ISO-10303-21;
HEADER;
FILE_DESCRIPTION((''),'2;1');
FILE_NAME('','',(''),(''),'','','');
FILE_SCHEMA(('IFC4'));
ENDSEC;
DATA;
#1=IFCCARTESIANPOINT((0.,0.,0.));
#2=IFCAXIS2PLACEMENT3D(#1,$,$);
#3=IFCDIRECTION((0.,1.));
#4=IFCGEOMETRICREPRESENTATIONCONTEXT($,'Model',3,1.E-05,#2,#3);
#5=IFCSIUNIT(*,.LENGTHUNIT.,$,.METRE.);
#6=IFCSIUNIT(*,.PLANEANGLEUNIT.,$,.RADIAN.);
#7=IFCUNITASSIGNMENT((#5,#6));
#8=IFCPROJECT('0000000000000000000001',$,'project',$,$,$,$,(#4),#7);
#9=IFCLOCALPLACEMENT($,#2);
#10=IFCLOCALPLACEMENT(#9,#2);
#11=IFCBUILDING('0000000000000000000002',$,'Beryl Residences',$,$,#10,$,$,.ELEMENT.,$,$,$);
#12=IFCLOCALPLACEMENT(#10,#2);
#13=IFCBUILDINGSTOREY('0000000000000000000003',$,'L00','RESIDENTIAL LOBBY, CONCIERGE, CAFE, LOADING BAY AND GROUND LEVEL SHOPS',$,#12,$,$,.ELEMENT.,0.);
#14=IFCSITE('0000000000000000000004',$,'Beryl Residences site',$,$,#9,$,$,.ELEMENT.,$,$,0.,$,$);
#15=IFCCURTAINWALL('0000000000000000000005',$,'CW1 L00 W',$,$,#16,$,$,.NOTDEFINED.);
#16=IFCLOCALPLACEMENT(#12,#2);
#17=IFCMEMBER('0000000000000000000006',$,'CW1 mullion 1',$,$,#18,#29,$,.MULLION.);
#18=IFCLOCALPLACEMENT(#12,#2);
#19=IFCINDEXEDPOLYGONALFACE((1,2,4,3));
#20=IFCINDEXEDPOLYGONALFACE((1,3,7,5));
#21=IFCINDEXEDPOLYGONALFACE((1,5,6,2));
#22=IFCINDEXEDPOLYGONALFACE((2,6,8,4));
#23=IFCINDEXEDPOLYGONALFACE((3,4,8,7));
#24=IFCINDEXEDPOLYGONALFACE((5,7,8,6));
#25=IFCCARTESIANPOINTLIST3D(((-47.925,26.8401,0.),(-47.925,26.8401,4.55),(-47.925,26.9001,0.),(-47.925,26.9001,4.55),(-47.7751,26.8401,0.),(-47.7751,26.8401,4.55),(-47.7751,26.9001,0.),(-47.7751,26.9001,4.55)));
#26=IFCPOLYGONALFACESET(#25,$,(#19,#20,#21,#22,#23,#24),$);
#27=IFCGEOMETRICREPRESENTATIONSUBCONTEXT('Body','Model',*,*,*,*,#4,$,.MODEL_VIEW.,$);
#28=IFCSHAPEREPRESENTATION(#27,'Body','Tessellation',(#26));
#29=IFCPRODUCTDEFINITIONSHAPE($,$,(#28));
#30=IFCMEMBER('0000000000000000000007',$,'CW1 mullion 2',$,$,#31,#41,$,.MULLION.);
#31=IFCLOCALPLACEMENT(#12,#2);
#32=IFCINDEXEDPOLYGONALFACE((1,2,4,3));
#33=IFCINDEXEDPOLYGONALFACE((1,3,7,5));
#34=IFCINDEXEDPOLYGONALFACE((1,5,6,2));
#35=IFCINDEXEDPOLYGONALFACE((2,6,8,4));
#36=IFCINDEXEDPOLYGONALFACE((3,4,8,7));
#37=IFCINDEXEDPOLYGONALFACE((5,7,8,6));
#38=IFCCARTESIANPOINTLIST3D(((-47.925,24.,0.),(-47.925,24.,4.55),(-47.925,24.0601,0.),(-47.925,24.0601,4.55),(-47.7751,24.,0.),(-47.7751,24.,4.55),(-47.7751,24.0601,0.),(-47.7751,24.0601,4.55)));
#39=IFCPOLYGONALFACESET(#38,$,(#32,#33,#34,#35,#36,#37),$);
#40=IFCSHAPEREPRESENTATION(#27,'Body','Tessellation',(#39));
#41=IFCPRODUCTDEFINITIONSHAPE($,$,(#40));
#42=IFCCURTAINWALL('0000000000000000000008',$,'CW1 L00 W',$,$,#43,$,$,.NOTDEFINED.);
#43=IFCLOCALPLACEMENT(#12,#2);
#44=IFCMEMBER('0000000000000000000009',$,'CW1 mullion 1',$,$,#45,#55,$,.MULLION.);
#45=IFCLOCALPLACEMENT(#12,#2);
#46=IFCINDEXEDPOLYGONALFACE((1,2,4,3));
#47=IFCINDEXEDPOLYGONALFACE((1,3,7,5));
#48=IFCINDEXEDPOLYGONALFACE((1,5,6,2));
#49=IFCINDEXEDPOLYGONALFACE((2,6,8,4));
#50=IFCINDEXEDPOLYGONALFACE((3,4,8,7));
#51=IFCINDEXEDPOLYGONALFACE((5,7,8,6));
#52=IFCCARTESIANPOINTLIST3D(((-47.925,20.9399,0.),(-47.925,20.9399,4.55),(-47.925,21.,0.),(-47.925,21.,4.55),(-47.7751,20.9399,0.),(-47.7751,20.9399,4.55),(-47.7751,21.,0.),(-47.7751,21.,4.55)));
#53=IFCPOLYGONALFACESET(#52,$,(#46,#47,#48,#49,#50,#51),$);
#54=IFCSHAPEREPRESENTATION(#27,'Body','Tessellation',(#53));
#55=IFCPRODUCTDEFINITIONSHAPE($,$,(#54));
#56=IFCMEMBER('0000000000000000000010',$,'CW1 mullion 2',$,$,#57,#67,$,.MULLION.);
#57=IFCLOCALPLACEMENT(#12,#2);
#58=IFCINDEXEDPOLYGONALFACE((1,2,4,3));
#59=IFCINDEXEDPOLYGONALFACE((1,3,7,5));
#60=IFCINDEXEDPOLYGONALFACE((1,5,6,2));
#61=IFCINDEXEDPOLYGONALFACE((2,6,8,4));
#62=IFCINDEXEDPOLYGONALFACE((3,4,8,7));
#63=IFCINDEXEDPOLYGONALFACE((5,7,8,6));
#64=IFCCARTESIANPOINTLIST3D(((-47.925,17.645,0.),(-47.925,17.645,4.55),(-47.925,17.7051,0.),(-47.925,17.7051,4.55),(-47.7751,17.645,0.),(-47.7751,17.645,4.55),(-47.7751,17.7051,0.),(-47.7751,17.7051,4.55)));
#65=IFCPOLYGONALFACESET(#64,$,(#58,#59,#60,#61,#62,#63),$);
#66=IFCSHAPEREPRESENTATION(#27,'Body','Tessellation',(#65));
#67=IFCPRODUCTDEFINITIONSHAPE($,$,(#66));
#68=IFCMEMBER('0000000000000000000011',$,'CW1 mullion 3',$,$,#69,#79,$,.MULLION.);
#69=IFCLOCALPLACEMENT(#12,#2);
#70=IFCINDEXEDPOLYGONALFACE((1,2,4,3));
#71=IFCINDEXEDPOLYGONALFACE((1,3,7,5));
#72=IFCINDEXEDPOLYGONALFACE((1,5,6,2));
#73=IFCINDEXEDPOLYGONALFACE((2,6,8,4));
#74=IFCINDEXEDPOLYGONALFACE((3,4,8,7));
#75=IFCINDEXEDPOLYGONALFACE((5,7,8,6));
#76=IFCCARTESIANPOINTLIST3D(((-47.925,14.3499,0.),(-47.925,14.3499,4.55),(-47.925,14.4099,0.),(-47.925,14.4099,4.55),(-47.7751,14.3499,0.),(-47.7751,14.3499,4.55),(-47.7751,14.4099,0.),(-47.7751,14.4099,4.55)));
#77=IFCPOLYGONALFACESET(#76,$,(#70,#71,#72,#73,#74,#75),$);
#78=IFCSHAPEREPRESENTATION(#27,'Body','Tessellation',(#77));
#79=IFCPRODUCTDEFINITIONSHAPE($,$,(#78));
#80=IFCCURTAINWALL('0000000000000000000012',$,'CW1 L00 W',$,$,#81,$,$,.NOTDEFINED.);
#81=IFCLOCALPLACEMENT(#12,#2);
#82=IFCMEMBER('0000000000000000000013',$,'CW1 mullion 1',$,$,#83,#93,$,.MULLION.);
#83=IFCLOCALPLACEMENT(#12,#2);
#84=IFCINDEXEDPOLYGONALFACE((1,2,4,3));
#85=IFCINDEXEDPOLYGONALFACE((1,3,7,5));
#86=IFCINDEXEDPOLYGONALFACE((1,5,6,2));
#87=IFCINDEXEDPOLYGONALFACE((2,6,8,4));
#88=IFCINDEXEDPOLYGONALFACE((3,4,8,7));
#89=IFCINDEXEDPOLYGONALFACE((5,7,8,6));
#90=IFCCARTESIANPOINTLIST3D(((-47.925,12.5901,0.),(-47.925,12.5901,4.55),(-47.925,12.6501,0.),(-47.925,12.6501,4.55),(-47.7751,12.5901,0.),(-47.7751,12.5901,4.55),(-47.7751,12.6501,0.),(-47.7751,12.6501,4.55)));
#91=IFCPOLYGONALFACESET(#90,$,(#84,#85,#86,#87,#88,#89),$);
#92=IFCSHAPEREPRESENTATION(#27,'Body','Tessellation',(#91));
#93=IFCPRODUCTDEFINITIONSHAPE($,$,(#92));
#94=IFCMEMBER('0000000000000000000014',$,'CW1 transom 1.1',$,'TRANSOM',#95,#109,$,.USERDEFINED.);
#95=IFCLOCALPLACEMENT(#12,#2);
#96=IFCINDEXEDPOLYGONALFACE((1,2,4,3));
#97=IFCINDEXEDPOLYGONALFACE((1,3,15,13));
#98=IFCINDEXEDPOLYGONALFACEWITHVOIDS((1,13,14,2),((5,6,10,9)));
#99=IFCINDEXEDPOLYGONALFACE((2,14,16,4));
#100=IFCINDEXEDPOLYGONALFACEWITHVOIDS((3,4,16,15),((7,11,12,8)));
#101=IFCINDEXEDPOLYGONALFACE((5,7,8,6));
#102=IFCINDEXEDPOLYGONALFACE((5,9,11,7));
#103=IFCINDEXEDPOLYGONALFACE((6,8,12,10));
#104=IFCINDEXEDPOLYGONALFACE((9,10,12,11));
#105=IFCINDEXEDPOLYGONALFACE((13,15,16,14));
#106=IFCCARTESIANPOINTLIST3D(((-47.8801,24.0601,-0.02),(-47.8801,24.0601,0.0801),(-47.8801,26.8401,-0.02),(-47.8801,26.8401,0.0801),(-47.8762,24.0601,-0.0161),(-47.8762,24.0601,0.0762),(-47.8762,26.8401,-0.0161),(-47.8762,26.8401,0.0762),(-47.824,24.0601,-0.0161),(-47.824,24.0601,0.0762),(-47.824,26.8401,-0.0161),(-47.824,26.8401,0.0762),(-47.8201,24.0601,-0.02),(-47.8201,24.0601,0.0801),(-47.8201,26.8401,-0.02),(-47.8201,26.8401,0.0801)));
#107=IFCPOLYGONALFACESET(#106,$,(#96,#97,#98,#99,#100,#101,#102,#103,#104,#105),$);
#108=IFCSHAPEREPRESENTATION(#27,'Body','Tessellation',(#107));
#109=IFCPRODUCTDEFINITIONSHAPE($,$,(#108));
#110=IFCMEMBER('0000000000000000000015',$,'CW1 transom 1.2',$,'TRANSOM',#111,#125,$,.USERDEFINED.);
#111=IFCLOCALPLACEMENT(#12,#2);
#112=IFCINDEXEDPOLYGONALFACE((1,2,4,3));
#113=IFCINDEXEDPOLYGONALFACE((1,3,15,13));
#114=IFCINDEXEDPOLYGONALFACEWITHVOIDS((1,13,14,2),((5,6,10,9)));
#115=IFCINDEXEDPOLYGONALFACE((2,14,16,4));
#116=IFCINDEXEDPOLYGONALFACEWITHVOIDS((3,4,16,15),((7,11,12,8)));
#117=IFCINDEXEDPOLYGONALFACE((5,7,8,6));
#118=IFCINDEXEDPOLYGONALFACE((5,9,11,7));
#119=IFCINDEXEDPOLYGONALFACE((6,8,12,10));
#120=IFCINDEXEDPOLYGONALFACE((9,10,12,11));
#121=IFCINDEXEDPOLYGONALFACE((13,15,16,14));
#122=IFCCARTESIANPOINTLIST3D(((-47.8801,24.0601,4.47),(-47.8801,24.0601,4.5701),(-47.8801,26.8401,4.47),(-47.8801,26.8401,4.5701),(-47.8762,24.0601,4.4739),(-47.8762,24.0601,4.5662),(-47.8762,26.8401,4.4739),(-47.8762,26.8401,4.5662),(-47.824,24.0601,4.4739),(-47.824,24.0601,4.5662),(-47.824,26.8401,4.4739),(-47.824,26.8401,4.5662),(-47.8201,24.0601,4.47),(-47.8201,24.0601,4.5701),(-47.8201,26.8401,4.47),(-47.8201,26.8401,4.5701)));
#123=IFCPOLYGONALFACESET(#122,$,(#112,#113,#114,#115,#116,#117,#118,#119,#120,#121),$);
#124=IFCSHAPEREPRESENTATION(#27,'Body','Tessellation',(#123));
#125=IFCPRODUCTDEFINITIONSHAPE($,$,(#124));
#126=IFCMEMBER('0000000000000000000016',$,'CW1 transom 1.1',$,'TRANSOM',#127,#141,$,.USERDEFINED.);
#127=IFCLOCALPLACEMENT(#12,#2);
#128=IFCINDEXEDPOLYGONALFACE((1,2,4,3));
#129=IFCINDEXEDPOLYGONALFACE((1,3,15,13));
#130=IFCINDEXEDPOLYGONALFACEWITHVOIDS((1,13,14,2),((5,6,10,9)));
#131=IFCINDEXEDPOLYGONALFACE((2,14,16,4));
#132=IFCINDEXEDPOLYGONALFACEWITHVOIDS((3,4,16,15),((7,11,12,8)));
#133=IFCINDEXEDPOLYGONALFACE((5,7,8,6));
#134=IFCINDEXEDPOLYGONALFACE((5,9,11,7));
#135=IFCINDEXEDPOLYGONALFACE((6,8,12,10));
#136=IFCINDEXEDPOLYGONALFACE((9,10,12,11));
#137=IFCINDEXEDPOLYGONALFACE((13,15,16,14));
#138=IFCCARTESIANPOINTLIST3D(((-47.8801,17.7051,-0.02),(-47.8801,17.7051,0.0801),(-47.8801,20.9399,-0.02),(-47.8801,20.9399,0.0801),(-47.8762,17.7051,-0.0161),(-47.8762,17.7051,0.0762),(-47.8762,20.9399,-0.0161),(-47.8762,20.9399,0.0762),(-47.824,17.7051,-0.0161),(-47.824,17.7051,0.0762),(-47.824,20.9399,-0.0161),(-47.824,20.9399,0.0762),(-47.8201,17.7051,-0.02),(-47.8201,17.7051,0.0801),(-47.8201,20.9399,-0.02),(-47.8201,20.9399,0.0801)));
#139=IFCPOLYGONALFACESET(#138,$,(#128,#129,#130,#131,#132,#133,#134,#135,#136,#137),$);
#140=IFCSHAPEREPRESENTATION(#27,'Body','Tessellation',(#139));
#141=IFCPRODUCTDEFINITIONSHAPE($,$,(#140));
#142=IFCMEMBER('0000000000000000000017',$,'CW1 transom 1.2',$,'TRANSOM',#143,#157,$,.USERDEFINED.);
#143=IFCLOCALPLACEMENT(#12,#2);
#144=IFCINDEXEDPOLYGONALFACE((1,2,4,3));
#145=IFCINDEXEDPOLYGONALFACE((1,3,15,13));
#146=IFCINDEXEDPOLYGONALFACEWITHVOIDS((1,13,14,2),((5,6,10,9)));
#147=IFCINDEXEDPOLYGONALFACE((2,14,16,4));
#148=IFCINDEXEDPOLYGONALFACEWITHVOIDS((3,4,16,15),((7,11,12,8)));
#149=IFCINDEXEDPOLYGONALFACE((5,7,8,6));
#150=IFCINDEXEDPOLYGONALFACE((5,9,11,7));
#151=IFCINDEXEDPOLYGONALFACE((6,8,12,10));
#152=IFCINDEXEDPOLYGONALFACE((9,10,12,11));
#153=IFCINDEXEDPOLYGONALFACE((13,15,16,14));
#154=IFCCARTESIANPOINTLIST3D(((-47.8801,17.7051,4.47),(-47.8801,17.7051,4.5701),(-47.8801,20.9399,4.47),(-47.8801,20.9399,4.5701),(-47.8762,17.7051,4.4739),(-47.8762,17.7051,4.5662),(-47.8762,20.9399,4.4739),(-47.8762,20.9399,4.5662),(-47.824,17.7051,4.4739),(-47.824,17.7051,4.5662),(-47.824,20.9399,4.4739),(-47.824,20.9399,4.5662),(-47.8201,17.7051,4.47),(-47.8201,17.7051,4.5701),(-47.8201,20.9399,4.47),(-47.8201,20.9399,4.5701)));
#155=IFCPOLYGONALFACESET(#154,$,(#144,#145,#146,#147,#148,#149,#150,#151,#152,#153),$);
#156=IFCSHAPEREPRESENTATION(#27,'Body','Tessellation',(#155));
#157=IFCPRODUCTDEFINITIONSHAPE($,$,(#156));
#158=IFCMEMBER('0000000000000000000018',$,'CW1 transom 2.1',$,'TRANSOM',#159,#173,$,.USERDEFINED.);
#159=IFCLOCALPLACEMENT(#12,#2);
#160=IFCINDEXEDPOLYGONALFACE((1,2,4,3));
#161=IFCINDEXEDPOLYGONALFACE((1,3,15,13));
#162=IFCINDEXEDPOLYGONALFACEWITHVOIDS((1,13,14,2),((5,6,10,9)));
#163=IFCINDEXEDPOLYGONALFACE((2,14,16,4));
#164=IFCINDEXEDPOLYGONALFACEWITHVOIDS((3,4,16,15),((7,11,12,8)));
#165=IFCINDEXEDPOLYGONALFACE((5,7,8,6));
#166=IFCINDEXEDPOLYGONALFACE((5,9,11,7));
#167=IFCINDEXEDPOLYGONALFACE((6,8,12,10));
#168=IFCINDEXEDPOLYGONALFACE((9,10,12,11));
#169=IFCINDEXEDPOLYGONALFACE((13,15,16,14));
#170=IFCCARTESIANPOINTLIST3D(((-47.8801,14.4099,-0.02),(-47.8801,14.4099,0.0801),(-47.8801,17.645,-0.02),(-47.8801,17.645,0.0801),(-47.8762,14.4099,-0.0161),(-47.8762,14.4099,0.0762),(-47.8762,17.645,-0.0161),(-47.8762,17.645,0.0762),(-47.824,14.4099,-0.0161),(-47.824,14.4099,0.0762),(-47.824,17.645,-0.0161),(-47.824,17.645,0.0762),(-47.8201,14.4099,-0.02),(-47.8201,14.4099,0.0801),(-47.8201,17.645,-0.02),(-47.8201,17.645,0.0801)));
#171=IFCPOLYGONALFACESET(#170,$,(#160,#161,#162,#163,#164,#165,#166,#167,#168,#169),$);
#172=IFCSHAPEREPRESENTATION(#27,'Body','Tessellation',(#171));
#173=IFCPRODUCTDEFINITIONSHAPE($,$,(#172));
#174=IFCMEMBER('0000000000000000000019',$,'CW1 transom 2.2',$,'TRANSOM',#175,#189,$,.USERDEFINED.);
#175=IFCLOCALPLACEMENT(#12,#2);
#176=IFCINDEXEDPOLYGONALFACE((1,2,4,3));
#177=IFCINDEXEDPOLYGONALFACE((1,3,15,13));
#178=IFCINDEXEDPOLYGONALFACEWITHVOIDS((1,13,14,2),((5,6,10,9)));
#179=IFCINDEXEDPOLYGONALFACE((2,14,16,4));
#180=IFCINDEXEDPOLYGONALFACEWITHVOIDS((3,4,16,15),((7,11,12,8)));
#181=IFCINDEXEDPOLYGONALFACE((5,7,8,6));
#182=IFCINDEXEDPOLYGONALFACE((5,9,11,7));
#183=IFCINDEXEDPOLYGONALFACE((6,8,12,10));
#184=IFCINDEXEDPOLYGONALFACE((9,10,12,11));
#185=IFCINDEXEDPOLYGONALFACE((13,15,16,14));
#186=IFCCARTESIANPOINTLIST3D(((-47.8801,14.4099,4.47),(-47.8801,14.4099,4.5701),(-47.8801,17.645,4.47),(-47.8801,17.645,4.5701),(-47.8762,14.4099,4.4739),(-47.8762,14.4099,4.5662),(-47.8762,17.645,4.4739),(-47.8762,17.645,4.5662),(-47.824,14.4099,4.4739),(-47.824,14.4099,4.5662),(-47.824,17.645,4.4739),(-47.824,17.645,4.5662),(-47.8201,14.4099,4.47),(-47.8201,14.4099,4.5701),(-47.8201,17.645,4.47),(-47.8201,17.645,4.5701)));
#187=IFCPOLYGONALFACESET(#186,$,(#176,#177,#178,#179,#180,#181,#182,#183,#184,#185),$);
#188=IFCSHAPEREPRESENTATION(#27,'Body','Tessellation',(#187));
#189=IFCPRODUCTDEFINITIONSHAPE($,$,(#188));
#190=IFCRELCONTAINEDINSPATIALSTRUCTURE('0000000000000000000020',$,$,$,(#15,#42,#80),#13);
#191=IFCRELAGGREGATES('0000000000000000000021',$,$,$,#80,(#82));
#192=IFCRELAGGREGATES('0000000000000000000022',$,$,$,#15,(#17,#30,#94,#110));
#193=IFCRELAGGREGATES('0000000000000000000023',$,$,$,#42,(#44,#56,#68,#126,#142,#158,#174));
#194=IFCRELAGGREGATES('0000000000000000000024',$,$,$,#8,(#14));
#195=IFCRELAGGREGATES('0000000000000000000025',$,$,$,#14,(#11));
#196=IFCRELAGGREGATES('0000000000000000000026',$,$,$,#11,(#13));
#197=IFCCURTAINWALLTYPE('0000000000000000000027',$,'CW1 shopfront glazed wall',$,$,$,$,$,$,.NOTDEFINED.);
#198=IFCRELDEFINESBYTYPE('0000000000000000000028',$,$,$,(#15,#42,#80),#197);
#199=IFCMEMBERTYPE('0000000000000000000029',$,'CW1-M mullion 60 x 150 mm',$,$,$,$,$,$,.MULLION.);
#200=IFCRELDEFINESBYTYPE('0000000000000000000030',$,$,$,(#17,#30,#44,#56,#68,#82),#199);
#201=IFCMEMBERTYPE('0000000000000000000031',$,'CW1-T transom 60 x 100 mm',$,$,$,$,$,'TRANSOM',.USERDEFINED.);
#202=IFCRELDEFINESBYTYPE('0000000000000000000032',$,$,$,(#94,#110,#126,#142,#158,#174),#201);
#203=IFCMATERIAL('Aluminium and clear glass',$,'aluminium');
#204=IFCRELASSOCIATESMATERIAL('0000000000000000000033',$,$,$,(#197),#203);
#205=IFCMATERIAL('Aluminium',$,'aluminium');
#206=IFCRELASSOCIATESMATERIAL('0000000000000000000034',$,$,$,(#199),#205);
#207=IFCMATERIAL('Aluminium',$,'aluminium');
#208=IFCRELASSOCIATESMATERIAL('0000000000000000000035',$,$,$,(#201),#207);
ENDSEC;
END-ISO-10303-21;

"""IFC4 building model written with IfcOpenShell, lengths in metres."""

from ifc_helpers import new_model, si_unit, direction, frame, origin, origin_2d, place, context, subcontext, project, spatial, rectangle, hollow_rectangle, extrude, material, material_profile, profile_set, type_object, element, aggregate, save


model = new_model("IFC4")

# Units and contexts
model_context = context("Model", 3, precision=1e-05, world=origin(), true_north=direction((0.0, 1.0)))
body_context = subcontext(model_context, "Body", "Model", "MODEL_VIEW")
ifc_project = project(units=[si_unit("LENGTHUNIT", "METRE"), si_unit("PLANEANGLEUNIT", "RADIAN")], contexts=[model_context])

# Site, building, storey
site_placement = place(None, origin())
site = spatial("IfcSite", under=ifc_project, at=site_placement, Name="Beryl Residences site", CompositionType="ELEMENT", RefElevation=0.0)
building_placement = place(site_placement, origin())
building = spatial("IfcBuilding", under=site, at=building_placement, Name="Beryl Residences", CompositionType="ELEMENT")
storey_placement = place(building_placement, origin())
storey = spatial("IfcBuildingStorey", under=building, at=storey_placement, Name="L00", Description="RESIDENTIAL LOBBY, CONCIERGE, CAFE, LOADING BAY AND GROUND LEVEL SHOPS", CompositionType="ELEMENT", Elevation=0.0)

# Curtain walls, members
ifc_material_1 = material(Name="Aluminium and clear glass", Category="aluminium")
curtain_wall_type = type_object("IfcCurtainWallType", Name="CW1 shopfront glazed wall", PredefinedType="NOTDEFINED", material=ifc_material_1)
curtain_wall_1_placement = place(storey_placement, origin())
curtain_wall_1 = element("IfcCurtainWall", 1, at=curtain_wall_1_placement, inside=storey, type_object=curtain_wall_type, Name="CW1 L00 W", PredefinedType="NOTDEFINED")
ifc_material_2 = material(Name="Aluminium", Category="aluminium")
ifc_material_profile_1 = material_profile(ifc_material_2, rectangle(XDim=0.0601, YDim=0.1499, at=origin_2d()))
ifc_profile_set_1 = profile_set([ifc_material_profile_1], Name="Aluminium")
member_type_1 = type_object("IfcMemberType", Name="CW1-M mullion 60 x 150 mm", PredefinedType="MULLION", material=ifc_profile_set_1)
member_1_placement = place(storey_placement, frame((-47.8501, 26.8701, 0.0), z_axis=(0.0, 0.0, 1.0), x_axis=(0.0, -1.0, 0.0)))
member_1 = element("IfcMember", 2, at=member_1_placement, type_object=member_type_1, Name="CW1 mullion 1", PredefinedType="MULLION", context=body_context, shape_type="SweptSolid", body=[
    extrude(rectangle(XDim=0.0601, YDim=0.1499, at=origin_2d()), origin(), (0.0, 0.0, 1.0), 4.55),
])
member_2_placement = place(storey_placement, frame((-47.8501, 24.03, 0.0), z_axis=(0.0, 0.0, 1.0), x_axis=(0.0, -1.0, 0.0)))
member_2 = element("IfcMember", 3, at=member_2_placement, type_object=member_type_1, Name="CW1 mullion 2", PredefinedType="MULLION", context=body_context, shape_type="SweptSolid", body=[
    extrude(rectangle(XDim=0.0601, YDim=0.1499, at=origin_2d()), origin(), (0.0, 0.0, 1.0), 4.55),
])
curtain_wall_2_placement = place(storey_placement, origin())
curtain_wall_2 = element("IfcCurtainWall", 4, at=curtain_wall_2_placement, inside=storey, type_object=curtain_wall_type, Name="CW1 L00 W", PredefinedType="NOTDEFINED")
member_3_placement = place(storey_placement, frame((-47.8501, 20.97, 0.0), z_axis=(0.0, 0.0, 1.0), x_axis=(0.0, -1.0, 0.0)))
member_3 = element("IfcMember", 5, at=member_3_placement, type_object=member_type_1, Name="CW1 mullion 1", PredefinedType="MULLION", context=body_context, shape_type="SweptSolid", body=[
    extrude(rectangle(XDim=0.0601, YDim=0.1499, at=origin_2d()), origin(), (0.0, 0.0, 1.0), 4.55),
])
member_4_placement = place(storey_placement, frame((-47.8501, 17.675, 0.0), z_axis=(0.0, 0.0, 1.0), x_axis=(0.0, -1.0, 0.0)))
member_4 = element("IfcMember", 6, at=member_4_placement, type_object=member_type_1, Name="CW1 mullion 2", PredefinedType="MULLION", context=body_context, shape_type="SweptSolid", body=[
    extrude(rectangle(XDim=0.0601, YDim=0.1499, at=origin_2d()), origin(), (0.0, 0.0, 1.0), 4.55),
])
member_5_placement = place(storey_placement, frame((-47.8501, 14.3799, 0.0), z_axis=(0.0, 0.0, 1.0), x_axis=(0.0, -1.0, 0.0)))
member_5 = element("IfcMember", 7, at=member_5_placement, type_object=member_type_1, Name="CW1 mullion 3", PredefinedType="MULLION", context=body_context, shape_type="SweptSolid", body=[
    extrude(rectangle(XDim=0.0601, YDim=0.1499, at=origin_2d()), origin(), (0.0, 0.0, 1.0), 4.55),
])

# Curtain wall, member
curtain_wall_3_placement = place(storey_placement, origin())
curtain_wall_3 = element("IfcCurtainWall", 8, at=curtain_wall_3_placement, inside=storey, type_object=curtain_wall_type, Name="CW1 L00 W", PredefinedType="NOTDEFINED")
member_6_placement = place(storey_placement, frame((-47.8501, 12.6201, 0.0), z_axis=(0.0, 0.0, 1.0), x_axis=(0.0, -1.0, 0.0)))
member_6 = element("IfcMember", 9, at=member_6_placement, type_object=member_type_1, Name="CW1 mullion 1", PredefinedType="MULLION", context=body_context, shape_type="SweptSolid", body=[
    extrude(rectangle(XDim=0.0601, YDim=0.1499, at=origin_2d()), origin(), (0.0, 0.0, 1.0), 4.55),
])

# Members
ifc_material_3 = material(Name="Aluminium", Category="aluminium")
ifc_material_profile_2 = material_profile(ifc_material_3, hollow_rectangle(XDim=0.0601, YDim=0.1001, WallThickness=0.0039, at=origin_2d()))
ifc_profile_set_2 = profile_set([ifc_material_profile_2], Name="Aluminium")
member_type_2 = type_object("IfcMemberType", Name="CW1-T transom 60 x 100 mm", ElementType="TRANSOM", PredefinedType="USERDEFINED", material=ifc_profile_set_2)
member_7_placement = place(storey_placement, frame((-47.8501, 26.8401, 0.03), z_axis=(0.0, -1.0, 0.0), x_axis=(1.0, 0.0, 0.0)))
member_7 = element("IfcMember", 10, at=member_7_placement, type_object=member_type_2, Name="CW1 transom 1.1", ObjectType="TRANSOM", PredefinedType="USERDEFINED", context=body_context, shape_type="SweptSolid", body=[
    extrude(hollow_rectangle(XDim=0.0601, YDim=0.1001, WallThickness=0.0039, at=origin_2d()), origin(), (0.0, 0.0, 1.0), 2.78),
])
member_8_placement = place(storey_placement, frame((-47.8501, 26.8401, 4.52), z_axis=(0.0, -1.0, 0.0), x_axis=(1.0, 0.0, 0.0)))
member_8 = element("IfcMember", 11, at=member_8_placement, type_object=member_type_2, Name="CW1 transom 1.2", ObjectType="TRANSOM", PredefinedType="USERDEFINED", context=body_context, shape_type="SweptSolid", body=[
    extrude(hollow_rectangle(XDim=0.0601, YDim=0.1001, WallThickness=0.0039, at=origin_2d()), origin(), (0.0, 0.0, 1.0), 2.78),
])
member_9_placement = place(storey_placement, frame((-47.8501, 20.9399, 0.03), z_axis=(0.0, -1.0, 0.0), x_axis=(1.0, 0.0, 0.0)))
member_9 = element("IfcMember", 12, at=member_9_placement, type_object=member_type_2, Name="CW1 transom 1.1", ObjectType="TRANSOM", PredefinedType="USERDEFINED", context=body_context, shape_type="SweptSolid", body=[
    extrude(hollow_rectangle(XDim=0.0601, YDim=0.1001, WallThickness=0.0039, at=origin_2d()), origin(), (0.0, 0.0, 1.0), 3.2349),
])
member_10_placement = place(storey_placement, frame((-47.8501, 20.9399, 4.52), z_axis=(0.0, -1.0, 0.0), x_axis=(1.0, 0.0, 0.0)))
member_10 = element("IfcMember", 13, at=member_10_placement, type_object=member_type_2, Name="CW1 transom 1.2", ObjectType="TRANSOM", PredefinedType="USERDEFINED", context=body_context, shape_type="SweptSolid", body=[
    extrude(hollow_rectangle(XDim=0.0601, YDim=0.1001, WallThickness=0.0039, at=origin_2d()), origin(), (0.0, 0.0, 1.0), 3.2349),
])
member_11_placement = place(storey_placement, frame((-47.8501, 17.645, 0.03), z_axis=(0.0, -1.0, 0.0), x_axis=(1.0, 0.0, 0.0)))
member_11 = element("IfcMember", 14, at=member_11_placement, type_object=member_type_2, Name="CW1 transom 2.1", ObjectType="TRANSOM", PredefinedType="USERDEFINED", context=body_context, shape_type="SweptSolid", body=[
    extrude(hollow_rectangle(XDim=0.0601, YDim=0.1001, WallThickness=0.0039, at=origin_2d()), origin(), (0.0, 0.0, 1.0), 3.2351),
])
member_12_placement = place(storey_placement, frame((-47.8501, 17.645, 4.52), z_axis=(0.0, -1.0, 0.0), x_axis=(1.0, 0.0, 0.0)))
member_12 = element("IfcMember", 15, at=member_12_placement, type_object=member_type_2, Name="CW1 transom 2.2", ObjectType="TRANSOM", PredefinedType="USERDEFINED", context=body_context, shape_type="SweptSolid", body=[
    extrude(hollow_rectangle(XDim=0.0601, YDim=0.1001, WallThickness=0.0039, at=origin_2d()), origin(), (0.0, 0.0, 1.0), 3.2351),
])
aggregate(curtain_wall_3, [member_6])

aggregate(curtain_wall_1, [member_1, member_2, member_7, member_8])
aggregate(curtain_wall_2, [member_3, member_4, member_5, member_9, member_10, member_11, member_12])

save(model, "model.ifc")
